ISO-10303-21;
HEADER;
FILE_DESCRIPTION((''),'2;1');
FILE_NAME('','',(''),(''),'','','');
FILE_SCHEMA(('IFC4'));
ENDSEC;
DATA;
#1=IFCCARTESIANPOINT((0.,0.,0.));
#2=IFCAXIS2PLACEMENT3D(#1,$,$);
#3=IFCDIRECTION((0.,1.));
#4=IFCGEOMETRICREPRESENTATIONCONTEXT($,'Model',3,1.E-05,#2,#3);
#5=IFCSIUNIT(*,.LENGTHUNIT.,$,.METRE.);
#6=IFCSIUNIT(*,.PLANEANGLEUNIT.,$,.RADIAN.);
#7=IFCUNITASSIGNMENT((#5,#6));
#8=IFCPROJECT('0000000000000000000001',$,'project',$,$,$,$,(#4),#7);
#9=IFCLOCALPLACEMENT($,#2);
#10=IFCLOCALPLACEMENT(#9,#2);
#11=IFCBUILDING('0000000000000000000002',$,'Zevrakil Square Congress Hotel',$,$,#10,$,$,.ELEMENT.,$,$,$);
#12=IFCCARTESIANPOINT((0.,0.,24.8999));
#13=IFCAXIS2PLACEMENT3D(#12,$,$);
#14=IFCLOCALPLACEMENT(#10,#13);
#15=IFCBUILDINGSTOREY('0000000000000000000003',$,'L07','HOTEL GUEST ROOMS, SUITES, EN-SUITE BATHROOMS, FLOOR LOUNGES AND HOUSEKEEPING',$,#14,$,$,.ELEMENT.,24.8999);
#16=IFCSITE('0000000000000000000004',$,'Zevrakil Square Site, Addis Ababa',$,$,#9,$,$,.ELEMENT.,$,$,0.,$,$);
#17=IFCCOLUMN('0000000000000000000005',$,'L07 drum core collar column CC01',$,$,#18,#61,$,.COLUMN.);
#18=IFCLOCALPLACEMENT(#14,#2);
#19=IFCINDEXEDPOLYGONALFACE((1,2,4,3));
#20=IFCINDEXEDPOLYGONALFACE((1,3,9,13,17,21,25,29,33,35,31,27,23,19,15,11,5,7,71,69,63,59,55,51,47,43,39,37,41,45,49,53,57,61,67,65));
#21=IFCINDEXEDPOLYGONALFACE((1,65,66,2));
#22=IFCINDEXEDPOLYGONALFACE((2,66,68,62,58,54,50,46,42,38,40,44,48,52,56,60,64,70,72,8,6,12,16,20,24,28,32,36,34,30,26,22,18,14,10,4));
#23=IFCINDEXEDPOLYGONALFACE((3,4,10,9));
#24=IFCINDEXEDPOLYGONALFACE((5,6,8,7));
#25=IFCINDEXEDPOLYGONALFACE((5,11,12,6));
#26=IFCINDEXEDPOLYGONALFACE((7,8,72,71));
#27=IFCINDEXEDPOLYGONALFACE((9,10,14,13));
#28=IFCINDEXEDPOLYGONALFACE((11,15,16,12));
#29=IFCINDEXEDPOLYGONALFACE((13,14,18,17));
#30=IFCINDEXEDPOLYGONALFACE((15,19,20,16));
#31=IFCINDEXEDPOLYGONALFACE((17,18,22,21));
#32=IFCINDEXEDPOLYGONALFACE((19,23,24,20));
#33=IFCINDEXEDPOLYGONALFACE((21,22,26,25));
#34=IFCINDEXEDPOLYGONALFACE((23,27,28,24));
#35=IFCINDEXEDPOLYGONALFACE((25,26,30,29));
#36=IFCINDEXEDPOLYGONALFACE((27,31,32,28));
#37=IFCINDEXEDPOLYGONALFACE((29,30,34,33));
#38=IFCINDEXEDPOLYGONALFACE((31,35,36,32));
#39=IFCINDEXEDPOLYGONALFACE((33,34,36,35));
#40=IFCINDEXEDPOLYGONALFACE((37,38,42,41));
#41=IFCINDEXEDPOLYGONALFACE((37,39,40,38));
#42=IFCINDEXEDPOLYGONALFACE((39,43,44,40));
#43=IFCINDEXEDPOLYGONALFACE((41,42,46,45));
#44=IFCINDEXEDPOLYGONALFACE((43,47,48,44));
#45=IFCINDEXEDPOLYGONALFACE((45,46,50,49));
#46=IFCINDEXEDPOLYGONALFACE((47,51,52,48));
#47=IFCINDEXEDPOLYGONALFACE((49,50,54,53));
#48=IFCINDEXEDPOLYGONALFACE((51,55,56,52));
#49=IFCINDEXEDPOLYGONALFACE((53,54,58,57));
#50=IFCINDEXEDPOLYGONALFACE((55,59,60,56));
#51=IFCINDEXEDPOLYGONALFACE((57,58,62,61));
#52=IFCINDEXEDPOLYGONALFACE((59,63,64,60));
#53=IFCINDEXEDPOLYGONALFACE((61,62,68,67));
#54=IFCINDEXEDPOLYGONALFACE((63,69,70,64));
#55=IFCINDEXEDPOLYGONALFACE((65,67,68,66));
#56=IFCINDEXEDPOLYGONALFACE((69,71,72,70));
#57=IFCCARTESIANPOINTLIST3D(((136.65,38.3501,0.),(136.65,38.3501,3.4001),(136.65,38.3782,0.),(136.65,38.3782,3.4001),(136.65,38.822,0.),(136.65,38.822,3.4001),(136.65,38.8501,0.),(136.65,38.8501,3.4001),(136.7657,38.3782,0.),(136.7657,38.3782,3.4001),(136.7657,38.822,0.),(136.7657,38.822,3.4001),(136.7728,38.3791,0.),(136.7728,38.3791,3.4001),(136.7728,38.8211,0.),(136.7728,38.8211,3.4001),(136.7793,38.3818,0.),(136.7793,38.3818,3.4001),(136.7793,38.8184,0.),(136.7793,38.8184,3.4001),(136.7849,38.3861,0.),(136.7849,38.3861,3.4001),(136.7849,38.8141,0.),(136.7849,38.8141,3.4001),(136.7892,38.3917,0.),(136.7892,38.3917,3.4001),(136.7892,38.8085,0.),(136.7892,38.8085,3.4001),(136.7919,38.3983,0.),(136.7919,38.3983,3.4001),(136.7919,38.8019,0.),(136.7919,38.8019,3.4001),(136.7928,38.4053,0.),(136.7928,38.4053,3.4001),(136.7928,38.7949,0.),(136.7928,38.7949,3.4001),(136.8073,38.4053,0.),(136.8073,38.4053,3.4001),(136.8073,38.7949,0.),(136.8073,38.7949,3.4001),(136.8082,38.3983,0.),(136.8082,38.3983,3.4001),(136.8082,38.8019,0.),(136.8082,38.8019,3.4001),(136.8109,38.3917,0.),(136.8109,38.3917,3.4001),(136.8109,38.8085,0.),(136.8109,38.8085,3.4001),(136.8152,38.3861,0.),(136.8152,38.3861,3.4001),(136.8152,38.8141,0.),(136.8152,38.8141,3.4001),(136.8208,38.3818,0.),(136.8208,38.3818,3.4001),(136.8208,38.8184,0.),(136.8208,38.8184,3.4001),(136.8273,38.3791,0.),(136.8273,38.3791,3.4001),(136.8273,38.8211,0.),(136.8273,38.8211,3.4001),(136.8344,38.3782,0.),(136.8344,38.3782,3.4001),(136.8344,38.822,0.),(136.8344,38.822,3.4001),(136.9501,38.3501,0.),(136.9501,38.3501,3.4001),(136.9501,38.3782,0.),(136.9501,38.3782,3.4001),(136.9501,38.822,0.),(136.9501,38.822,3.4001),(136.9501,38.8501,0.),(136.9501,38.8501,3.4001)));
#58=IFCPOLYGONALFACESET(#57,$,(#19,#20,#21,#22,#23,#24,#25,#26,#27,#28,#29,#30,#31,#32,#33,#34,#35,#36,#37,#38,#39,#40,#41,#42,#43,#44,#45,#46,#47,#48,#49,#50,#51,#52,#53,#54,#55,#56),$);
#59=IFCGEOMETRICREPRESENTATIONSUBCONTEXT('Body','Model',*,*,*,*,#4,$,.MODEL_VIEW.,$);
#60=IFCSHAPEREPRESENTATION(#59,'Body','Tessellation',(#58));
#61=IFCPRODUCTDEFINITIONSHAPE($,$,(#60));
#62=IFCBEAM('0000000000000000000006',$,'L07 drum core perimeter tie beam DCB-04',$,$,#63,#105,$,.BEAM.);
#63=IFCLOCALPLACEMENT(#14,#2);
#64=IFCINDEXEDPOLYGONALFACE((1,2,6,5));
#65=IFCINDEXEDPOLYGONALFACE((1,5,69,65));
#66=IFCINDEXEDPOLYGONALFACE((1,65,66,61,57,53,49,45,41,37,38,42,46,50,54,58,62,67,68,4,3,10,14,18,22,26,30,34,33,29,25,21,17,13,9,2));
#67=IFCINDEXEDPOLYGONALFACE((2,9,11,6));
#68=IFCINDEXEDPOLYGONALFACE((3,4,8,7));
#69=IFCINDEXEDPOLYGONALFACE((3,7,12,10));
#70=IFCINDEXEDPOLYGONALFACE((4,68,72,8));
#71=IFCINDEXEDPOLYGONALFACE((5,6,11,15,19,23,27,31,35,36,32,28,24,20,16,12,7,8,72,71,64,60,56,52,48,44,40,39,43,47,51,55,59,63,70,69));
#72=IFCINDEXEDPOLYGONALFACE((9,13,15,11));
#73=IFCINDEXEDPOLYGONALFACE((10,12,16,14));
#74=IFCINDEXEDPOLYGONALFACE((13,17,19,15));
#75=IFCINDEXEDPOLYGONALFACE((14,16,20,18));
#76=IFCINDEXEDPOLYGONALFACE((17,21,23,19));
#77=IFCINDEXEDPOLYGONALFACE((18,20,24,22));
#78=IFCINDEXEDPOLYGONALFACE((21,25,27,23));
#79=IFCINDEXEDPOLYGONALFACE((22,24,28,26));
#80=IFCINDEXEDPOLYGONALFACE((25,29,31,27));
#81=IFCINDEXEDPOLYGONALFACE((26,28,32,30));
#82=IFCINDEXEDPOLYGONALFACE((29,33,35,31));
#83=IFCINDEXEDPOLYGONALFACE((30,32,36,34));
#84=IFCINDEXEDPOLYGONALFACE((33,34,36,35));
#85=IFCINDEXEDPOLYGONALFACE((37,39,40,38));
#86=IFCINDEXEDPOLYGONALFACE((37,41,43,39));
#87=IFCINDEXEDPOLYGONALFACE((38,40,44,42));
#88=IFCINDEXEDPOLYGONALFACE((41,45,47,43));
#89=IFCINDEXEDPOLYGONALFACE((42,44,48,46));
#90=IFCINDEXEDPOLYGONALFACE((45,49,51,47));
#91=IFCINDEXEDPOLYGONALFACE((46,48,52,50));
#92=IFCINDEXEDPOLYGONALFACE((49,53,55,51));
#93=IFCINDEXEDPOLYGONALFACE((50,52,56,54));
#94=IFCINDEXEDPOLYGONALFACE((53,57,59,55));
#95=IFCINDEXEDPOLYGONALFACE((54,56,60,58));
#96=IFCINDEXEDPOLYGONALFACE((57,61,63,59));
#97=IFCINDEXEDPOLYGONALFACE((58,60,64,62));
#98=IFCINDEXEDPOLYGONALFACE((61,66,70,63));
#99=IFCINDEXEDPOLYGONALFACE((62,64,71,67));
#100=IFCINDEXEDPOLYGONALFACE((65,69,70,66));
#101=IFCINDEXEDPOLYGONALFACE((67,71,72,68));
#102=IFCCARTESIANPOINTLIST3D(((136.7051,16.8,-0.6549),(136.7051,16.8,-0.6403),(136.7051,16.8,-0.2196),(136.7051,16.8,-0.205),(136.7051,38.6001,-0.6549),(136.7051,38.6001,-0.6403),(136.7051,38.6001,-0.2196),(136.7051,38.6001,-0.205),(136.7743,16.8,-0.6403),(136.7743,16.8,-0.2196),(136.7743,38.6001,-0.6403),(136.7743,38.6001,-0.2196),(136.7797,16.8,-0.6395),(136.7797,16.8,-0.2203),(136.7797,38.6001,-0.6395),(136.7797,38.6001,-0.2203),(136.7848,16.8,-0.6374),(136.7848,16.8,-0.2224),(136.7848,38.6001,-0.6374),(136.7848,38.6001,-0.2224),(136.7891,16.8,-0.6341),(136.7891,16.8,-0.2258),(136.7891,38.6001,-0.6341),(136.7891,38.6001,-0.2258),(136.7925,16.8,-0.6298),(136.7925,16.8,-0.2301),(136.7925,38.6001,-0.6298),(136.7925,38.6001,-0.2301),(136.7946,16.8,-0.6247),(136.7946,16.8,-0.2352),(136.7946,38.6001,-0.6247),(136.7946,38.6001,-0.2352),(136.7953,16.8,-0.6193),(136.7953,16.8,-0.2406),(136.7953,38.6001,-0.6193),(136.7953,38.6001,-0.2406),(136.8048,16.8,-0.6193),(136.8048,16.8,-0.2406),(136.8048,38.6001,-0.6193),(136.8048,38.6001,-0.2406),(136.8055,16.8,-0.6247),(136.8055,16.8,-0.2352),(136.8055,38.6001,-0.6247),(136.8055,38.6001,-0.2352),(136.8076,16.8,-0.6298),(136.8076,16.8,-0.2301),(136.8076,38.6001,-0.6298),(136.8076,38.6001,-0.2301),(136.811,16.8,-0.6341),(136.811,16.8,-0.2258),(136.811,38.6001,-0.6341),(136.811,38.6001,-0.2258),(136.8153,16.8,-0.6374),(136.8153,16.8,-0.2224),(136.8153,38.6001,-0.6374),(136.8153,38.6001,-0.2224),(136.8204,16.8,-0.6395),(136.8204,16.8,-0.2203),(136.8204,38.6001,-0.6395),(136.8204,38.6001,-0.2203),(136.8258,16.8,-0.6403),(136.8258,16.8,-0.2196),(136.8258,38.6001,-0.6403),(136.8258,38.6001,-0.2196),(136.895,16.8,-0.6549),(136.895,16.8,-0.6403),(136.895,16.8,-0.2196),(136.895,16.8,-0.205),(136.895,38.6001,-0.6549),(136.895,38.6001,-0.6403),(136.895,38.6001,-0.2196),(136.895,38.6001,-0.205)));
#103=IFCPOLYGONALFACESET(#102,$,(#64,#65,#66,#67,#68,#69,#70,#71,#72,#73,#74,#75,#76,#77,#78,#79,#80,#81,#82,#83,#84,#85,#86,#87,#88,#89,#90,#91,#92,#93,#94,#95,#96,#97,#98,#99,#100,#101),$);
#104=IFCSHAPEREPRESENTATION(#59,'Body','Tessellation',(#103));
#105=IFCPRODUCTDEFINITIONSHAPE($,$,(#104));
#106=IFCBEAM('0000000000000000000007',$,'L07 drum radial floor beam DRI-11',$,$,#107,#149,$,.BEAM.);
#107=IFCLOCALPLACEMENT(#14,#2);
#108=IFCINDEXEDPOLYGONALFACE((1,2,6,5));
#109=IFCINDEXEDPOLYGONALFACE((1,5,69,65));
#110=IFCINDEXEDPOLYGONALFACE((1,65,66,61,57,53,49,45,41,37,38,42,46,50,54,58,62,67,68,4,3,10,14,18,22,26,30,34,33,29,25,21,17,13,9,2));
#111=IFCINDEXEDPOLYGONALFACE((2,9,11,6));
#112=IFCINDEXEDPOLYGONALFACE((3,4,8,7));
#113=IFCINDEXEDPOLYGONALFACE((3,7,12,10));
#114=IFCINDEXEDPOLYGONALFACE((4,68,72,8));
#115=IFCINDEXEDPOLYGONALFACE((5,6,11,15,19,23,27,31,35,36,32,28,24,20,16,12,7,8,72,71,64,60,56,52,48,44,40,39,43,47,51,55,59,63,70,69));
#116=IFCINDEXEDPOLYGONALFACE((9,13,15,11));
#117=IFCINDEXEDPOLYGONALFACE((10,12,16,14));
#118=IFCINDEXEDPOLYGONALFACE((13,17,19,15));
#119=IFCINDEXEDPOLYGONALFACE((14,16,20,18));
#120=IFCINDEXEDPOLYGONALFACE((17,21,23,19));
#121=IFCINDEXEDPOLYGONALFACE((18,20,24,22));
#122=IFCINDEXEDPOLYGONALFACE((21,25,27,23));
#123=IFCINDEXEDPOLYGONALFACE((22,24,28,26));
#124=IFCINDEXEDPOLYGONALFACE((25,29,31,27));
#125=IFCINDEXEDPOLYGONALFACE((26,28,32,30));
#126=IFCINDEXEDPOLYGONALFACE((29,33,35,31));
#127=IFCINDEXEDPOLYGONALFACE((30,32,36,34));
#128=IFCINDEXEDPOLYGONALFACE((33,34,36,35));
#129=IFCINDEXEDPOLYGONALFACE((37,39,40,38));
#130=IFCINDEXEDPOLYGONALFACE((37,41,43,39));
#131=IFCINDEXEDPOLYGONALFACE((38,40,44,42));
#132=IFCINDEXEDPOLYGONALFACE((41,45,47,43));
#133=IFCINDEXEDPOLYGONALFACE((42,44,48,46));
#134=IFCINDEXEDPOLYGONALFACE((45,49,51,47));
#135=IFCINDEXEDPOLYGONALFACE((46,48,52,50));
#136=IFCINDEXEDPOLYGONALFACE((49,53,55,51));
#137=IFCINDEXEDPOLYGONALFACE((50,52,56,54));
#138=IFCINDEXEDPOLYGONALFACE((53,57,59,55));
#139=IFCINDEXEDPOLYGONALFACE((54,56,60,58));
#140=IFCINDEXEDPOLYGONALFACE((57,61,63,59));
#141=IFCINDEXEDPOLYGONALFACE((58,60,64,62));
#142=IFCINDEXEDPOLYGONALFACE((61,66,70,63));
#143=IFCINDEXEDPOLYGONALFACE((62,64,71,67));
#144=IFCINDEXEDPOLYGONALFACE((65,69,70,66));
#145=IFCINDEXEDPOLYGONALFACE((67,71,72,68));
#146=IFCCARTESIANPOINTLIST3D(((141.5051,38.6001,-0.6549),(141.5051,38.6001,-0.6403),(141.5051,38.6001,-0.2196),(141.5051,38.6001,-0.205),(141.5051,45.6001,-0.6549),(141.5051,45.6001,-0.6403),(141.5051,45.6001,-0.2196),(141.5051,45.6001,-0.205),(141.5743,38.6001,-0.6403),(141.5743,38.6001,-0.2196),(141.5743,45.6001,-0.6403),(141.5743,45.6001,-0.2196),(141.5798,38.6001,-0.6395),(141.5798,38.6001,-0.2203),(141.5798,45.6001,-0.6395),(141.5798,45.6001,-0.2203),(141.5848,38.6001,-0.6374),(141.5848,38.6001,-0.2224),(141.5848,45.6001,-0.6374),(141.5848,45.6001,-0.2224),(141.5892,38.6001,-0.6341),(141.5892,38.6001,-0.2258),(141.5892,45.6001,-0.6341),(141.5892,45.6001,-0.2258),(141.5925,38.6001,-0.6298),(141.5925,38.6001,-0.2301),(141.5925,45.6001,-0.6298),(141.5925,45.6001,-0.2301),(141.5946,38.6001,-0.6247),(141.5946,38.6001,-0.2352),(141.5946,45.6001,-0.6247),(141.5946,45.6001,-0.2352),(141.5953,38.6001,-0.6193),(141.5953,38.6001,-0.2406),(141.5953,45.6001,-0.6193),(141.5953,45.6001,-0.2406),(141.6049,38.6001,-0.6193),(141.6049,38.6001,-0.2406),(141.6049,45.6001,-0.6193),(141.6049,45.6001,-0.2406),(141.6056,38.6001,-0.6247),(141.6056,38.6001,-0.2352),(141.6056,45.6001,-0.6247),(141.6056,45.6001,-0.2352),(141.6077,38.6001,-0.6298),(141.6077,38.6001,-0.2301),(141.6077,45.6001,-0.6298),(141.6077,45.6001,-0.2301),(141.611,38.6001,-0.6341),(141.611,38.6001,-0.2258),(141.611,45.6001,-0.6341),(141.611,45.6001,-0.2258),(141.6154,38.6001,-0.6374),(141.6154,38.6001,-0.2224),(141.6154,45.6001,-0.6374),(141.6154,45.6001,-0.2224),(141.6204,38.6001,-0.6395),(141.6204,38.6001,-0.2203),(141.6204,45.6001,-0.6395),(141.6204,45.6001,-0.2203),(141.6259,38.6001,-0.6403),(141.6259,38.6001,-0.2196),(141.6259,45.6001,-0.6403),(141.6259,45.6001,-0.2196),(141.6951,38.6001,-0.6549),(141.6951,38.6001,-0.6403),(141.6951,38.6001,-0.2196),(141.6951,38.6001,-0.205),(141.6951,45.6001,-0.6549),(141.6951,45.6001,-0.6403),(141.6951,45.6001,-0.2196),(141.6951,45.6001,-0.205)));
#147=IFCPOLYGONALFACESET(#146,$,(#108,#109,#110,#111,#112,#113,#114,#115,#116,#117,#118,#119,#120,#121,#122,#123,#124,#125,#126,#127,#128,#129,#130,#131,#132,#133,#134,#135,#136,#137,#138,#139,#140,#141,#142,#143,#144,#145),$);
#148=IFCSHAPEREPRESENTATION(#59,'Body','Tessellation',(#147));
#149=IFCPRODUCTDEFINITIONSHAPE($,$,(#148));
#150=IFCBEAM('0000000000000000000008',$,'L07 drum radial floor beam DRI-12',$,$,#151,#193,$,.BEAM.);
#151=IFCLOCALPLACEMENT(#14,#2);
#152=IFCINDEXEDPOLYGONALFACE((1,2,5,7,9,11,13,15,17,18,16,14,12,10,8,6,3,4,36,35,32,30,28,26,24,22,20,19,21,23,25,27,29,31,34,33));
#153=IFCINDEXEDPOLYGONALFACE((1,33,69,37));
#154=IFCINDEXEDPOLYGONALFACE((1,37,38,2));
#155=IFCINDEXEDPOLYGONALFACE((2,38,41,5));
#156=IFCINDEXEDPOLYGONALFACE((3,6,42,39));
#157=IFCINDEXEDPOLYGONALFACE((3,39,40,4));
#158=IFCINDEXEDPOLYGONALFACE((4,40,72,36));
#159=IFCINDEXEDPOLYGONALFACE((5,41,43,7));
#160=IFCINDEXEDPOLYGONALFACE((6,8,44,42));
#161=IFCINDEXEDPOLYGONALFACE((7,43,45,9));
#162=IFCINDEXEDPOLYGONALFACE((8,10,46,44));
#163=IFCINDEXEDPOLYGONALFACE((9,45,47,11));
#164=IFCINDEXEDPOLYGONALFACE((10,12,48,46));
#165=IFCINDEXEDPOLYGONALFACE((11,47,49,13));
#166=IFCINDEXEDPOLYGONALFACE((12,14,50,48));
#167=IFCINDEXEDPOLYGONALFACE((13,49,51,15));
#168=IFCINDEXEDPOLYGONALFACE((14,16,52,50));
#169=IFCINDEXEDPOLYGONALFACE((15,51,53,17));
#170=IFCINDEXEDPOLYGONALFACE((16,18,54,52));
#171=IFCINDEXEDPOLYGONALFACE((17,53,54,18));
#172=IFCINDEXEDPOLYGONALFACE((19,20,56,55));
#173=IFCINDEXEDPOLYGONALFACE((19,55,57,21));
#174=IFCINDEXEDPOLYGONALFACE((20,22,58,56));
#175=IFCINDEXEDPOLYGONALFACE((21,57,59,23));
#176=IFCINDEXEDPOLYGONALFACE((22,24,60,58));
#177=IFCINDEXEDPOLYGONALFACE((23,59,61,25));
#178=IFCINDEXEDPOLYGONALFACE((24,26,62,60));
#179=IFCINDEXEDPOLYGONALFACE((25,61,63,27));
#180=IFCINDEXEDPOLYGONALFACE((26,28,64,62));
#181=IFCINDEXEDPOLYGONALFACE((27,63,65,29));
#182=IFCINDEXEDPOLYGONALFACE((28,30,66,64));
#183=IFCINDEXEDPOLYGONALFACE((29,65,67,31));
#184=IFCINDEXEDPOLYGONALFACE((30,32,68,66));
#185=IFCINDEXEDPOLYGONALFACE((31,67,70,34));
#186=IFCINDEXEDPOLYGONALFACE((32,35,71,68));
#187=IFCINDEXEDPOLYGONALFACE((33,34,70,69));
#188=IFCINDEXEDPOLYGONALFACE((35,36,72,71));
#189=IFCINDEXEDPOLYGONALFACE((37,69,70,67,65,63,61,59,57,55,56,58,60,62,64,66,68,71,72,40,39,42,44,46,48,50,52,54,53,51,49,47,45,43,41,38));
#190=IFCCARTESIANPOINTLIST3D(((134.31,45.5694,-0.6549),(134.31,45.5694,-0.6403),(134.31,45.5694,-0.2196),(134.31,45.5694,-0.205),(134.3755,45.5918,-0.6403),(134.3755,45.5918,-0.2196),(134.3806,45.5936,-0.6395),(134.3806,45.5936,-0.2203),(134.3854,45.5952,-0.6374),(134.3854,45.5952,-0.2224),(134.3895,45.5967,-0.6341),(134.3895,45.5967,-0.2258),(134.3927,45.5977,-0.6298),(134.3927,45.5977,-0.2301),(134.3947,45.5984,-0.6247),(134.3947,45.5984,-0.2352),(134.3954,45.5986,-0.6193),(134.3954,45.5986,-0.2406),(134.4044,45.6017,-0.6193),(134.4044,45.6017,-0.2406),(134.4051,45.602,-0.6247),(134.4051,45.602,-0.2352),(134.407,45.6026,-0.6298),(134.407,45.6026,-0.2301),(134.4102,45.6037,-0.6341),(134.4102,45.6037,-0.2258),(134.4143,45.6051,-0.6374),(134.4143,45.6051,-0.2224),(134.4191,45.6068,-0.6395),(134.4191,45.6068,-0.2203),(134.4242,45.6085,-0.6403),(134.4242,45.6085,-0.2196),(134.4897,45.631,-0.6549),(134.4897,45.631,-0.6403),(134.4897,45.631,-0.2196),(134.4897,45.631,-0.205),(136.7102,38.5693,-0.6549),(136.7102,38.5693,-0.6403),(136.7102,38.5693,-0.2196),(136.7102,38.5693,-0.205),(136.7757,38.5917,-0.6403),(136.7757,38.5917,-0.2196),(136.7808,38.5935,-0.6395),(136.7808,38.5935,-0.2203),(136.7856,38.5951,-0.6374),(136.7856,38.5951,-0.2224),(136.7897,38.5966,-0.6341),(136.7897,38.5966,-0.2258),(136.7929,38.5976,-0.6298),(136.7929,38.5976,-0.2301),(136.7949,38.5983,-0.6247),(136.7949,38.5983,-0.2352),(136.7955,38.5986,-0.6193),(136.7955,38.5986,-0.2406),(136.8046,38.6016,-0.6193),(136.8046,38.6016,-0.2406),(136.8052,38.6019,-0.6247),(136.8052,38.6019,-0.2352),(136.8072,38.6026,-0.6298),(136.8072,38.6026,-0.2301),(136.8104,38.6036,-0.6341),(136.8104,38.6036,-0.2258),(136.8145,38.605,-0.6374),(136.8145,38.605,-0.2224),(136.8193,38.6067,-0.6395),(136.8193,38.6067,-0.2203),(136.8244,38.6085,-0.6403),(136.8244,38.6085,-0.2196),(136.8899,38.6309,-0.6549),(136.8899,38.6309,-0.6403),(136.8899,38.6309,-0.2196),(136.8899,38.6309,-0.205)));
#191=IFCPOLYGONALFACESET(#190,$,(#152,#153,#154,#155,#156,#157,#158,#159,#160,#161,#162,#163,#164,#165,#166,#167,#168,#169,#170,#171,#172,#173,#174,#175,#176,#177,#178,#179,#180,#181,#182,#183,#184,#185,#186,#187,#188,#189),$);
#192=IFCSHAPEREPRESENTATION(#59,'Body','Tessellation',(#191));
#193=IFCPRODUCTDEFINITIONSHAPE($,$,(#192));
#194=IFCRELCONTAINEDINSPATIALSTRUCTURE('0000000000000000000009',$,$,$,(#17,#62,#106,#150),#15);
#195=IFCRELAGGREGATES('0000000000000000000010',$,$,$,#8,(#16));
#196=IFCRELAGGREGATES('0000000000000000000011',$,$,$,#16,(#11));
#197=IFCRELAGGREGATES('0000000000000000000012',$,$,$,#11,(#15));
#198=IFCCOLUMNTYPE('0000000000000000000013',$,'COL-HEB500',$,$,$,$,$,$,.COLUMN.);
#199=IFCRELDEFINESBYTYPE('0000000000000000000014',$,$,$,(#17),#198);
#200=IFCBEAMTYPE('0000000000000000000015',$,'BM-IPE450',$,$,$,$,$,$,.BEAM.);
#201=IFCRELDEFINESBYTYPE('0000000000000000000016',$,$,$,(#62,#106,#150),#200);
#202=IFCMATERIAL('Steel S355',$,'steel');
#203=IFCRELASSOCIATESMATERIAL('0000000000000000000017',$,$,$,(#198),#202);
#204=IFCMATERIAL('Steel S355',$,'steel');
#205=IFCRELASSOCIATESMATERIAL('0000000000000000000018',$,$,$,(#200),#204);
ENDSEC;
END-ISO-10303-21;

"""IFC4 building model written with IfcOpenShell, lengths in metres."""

from ifc_helpers import new_model, si_unit, direction, frame, origin, origin_2d, place, context, subcontext, project, spatial, i_section, extrude, material, material_profile, profile_set, type_object, element, save


model = new_model("IFC4")

# Units and contexts
model_context = context("Model", 3, precision=1e-05, world=origin(), true_north=direction((0.0, 1.0)))
body_context = subcontext(model_context, "Body", "Model", "MODEL_VIEW")
ifc_project = project(units=[si_unit("LENGTHUNIT", "METRE"), si_unit("PLANEANGLEUNIT", "RADIAN")], contexts=[model_context])

# Site, building, storey
site_placement = place(None, origin())
site = spatial("IfcSite", under=ifc_project, at=site_placement, Name="Zevrakil Square Site, Addis Ababa", CompositionType="ELEMENT", RefElevation=0.0)
building_placement = place(site_placement, origin())
building = spatial("IfcBuilding", under=site, at=building_placement, Name="Zevrakil Square Congress Hotel", CompositionType="ELEMENT")
storey_placement = place(building_placement, frame((0.0, 0.0, 24.8999)))
storey = spatial("IfcBuildingStorey", under=building, at=storey_placement, Name="L07", Description="HOTEL GUEST ROOMS, SUITES, EN-SUITE BATHROOMS, FLOOR LOUNGES AND HOUSEKEEPING", CompositionType="ELEMENT", Elevation=24.8999)

# Column
ifc_material_1 = material(Name="Steel S355", Category="steel")
ifc_material_profile_1 = material_profile(ifc_material_1, i_section(OverallWidth=0.3, OverallDepth=0.5, WebThickness=0.0144, FlangeThickness=0.0281, FilletRadius=0.0271, at=origin_2d()), Name="HEB 500")
ifc_profile_set_1 = profile_set([ifc_material_profile_1], Name="Steel S355")
column_type = type_object("IfcColumnType", Name="COL-HEB500", PredefinedType="COLUMN", material=ifc_profile_set_1)
column_placement = place(storey_placement, frame((136.8, 38.6001, 0.0), z_axis=(0.0, 0.0, 1.0), x_axis=(1.0, 0.0, 0.0)))
element("IfcColumn", 1, at=column_placement, inside=storey, type_object=column_type, Name="L07 drum core collar column CC01", PredefinedType="COLUMN", context=body_context, shape_type="SweptSolid", body=[
    extrude(i_section(OverallWidth=0.3, OverallDepth=0.5, WebThickness=0.0144, FlangeThickness=0.0281, FilletRadius=0.0271, at=origin_2d()), origin(), (0.0, 0.0, 1.0), 3.4001),
])

# Beams
ifc_material_2 = material(Name="Steel S355", Category="steel")
ifc_material_profile_2 = material_profile(ifc_material_2, i_section(OverallWidth=0.1899, OverallDepth=0.45, WebThickness=0.0095, FlangeThickness=0.0146, FilletRadius=0.021, at=origin_2d()), Name="IPE 450")
ifc_profile_set_2 = profile_set([ifc_material_profile_2], Name="Steel S355")
beam_type = type_object("IfcBeamType", Name="BM-IPE450", PredefinedType="BEAM", material=ifc_profile_set_2)
beam_1_placement = place(storey_placement, frame((136.8, 38.6001, -0.4299), z_axis=(0.0, -1.0, 0.0), x_axis=(1.0, 0.0, 0.0)))
element("IfcBeam", 2, at=beam_1_placement, inside=storey, type_object=beam_type, Name="L07 drum core perimeter tie beam DCB-04", PredefinedType="BEAM", context=body_context, shape_type="SweptSolid", body=[
    extrude(i_section(OverallWidth=0.1899, OverallDepth=0.45, WebThickness=0.0095, FlangeThickness=0.0146, FilletRadius=0.021, at=origin_2d()), origin(), (0.0, 0.0, 1.0), 21.8),
])
beam_2_placement = place(storey_placement, frame((141.6001, 38.6001, -0.4299), z_axis=(0.0, 1.0, 0.0), x_axis=(-1.0, 0.0, 0.0)))
element("IfcBeam", 3, at=beam_2_placement, inside=storey, type_object=beam_type, Name="L07 drum radial floor beam DRI-11", PredefinedType="BEAM", context=body_context, shape_type="SweptSolid", body=[
    extrude(i_section(OverallWidth=0.1899, OverallDepth=0.45, WebThickness=0.0095, FlangeThickness=0.0146, FilletRadius=0.021, at=origin_2d()), origin(), (0.0, 0.0, 1.0), 7.0),
])
beam_3_placement = place(storey_placement, frame((136.8, 38.6001, -0.4299), z_axis=(-0.324342, 0.94594, 0.0), x_axis=(-0.94594, -0.324342, 0.0)))
element("IfcBeam", 4, at=beam_3_placement, inside=storey, type_object=beam_type, Name="L07 drum radial floor beam DRI-12", PredefinedType="BEAM", context=body_context, shape_type="SweptSolid", body=[
    extrude(i_section(OverallWidth=0.1899, OverallDepth=0.45, WebThickness=0.0095, FlangeThickness=0.0146, FilletRadius=0.021, at=origin_2d()), origin(), (0.0, 0.0, 1.0), 7.4001),
])

save(model, "model.ifc")
